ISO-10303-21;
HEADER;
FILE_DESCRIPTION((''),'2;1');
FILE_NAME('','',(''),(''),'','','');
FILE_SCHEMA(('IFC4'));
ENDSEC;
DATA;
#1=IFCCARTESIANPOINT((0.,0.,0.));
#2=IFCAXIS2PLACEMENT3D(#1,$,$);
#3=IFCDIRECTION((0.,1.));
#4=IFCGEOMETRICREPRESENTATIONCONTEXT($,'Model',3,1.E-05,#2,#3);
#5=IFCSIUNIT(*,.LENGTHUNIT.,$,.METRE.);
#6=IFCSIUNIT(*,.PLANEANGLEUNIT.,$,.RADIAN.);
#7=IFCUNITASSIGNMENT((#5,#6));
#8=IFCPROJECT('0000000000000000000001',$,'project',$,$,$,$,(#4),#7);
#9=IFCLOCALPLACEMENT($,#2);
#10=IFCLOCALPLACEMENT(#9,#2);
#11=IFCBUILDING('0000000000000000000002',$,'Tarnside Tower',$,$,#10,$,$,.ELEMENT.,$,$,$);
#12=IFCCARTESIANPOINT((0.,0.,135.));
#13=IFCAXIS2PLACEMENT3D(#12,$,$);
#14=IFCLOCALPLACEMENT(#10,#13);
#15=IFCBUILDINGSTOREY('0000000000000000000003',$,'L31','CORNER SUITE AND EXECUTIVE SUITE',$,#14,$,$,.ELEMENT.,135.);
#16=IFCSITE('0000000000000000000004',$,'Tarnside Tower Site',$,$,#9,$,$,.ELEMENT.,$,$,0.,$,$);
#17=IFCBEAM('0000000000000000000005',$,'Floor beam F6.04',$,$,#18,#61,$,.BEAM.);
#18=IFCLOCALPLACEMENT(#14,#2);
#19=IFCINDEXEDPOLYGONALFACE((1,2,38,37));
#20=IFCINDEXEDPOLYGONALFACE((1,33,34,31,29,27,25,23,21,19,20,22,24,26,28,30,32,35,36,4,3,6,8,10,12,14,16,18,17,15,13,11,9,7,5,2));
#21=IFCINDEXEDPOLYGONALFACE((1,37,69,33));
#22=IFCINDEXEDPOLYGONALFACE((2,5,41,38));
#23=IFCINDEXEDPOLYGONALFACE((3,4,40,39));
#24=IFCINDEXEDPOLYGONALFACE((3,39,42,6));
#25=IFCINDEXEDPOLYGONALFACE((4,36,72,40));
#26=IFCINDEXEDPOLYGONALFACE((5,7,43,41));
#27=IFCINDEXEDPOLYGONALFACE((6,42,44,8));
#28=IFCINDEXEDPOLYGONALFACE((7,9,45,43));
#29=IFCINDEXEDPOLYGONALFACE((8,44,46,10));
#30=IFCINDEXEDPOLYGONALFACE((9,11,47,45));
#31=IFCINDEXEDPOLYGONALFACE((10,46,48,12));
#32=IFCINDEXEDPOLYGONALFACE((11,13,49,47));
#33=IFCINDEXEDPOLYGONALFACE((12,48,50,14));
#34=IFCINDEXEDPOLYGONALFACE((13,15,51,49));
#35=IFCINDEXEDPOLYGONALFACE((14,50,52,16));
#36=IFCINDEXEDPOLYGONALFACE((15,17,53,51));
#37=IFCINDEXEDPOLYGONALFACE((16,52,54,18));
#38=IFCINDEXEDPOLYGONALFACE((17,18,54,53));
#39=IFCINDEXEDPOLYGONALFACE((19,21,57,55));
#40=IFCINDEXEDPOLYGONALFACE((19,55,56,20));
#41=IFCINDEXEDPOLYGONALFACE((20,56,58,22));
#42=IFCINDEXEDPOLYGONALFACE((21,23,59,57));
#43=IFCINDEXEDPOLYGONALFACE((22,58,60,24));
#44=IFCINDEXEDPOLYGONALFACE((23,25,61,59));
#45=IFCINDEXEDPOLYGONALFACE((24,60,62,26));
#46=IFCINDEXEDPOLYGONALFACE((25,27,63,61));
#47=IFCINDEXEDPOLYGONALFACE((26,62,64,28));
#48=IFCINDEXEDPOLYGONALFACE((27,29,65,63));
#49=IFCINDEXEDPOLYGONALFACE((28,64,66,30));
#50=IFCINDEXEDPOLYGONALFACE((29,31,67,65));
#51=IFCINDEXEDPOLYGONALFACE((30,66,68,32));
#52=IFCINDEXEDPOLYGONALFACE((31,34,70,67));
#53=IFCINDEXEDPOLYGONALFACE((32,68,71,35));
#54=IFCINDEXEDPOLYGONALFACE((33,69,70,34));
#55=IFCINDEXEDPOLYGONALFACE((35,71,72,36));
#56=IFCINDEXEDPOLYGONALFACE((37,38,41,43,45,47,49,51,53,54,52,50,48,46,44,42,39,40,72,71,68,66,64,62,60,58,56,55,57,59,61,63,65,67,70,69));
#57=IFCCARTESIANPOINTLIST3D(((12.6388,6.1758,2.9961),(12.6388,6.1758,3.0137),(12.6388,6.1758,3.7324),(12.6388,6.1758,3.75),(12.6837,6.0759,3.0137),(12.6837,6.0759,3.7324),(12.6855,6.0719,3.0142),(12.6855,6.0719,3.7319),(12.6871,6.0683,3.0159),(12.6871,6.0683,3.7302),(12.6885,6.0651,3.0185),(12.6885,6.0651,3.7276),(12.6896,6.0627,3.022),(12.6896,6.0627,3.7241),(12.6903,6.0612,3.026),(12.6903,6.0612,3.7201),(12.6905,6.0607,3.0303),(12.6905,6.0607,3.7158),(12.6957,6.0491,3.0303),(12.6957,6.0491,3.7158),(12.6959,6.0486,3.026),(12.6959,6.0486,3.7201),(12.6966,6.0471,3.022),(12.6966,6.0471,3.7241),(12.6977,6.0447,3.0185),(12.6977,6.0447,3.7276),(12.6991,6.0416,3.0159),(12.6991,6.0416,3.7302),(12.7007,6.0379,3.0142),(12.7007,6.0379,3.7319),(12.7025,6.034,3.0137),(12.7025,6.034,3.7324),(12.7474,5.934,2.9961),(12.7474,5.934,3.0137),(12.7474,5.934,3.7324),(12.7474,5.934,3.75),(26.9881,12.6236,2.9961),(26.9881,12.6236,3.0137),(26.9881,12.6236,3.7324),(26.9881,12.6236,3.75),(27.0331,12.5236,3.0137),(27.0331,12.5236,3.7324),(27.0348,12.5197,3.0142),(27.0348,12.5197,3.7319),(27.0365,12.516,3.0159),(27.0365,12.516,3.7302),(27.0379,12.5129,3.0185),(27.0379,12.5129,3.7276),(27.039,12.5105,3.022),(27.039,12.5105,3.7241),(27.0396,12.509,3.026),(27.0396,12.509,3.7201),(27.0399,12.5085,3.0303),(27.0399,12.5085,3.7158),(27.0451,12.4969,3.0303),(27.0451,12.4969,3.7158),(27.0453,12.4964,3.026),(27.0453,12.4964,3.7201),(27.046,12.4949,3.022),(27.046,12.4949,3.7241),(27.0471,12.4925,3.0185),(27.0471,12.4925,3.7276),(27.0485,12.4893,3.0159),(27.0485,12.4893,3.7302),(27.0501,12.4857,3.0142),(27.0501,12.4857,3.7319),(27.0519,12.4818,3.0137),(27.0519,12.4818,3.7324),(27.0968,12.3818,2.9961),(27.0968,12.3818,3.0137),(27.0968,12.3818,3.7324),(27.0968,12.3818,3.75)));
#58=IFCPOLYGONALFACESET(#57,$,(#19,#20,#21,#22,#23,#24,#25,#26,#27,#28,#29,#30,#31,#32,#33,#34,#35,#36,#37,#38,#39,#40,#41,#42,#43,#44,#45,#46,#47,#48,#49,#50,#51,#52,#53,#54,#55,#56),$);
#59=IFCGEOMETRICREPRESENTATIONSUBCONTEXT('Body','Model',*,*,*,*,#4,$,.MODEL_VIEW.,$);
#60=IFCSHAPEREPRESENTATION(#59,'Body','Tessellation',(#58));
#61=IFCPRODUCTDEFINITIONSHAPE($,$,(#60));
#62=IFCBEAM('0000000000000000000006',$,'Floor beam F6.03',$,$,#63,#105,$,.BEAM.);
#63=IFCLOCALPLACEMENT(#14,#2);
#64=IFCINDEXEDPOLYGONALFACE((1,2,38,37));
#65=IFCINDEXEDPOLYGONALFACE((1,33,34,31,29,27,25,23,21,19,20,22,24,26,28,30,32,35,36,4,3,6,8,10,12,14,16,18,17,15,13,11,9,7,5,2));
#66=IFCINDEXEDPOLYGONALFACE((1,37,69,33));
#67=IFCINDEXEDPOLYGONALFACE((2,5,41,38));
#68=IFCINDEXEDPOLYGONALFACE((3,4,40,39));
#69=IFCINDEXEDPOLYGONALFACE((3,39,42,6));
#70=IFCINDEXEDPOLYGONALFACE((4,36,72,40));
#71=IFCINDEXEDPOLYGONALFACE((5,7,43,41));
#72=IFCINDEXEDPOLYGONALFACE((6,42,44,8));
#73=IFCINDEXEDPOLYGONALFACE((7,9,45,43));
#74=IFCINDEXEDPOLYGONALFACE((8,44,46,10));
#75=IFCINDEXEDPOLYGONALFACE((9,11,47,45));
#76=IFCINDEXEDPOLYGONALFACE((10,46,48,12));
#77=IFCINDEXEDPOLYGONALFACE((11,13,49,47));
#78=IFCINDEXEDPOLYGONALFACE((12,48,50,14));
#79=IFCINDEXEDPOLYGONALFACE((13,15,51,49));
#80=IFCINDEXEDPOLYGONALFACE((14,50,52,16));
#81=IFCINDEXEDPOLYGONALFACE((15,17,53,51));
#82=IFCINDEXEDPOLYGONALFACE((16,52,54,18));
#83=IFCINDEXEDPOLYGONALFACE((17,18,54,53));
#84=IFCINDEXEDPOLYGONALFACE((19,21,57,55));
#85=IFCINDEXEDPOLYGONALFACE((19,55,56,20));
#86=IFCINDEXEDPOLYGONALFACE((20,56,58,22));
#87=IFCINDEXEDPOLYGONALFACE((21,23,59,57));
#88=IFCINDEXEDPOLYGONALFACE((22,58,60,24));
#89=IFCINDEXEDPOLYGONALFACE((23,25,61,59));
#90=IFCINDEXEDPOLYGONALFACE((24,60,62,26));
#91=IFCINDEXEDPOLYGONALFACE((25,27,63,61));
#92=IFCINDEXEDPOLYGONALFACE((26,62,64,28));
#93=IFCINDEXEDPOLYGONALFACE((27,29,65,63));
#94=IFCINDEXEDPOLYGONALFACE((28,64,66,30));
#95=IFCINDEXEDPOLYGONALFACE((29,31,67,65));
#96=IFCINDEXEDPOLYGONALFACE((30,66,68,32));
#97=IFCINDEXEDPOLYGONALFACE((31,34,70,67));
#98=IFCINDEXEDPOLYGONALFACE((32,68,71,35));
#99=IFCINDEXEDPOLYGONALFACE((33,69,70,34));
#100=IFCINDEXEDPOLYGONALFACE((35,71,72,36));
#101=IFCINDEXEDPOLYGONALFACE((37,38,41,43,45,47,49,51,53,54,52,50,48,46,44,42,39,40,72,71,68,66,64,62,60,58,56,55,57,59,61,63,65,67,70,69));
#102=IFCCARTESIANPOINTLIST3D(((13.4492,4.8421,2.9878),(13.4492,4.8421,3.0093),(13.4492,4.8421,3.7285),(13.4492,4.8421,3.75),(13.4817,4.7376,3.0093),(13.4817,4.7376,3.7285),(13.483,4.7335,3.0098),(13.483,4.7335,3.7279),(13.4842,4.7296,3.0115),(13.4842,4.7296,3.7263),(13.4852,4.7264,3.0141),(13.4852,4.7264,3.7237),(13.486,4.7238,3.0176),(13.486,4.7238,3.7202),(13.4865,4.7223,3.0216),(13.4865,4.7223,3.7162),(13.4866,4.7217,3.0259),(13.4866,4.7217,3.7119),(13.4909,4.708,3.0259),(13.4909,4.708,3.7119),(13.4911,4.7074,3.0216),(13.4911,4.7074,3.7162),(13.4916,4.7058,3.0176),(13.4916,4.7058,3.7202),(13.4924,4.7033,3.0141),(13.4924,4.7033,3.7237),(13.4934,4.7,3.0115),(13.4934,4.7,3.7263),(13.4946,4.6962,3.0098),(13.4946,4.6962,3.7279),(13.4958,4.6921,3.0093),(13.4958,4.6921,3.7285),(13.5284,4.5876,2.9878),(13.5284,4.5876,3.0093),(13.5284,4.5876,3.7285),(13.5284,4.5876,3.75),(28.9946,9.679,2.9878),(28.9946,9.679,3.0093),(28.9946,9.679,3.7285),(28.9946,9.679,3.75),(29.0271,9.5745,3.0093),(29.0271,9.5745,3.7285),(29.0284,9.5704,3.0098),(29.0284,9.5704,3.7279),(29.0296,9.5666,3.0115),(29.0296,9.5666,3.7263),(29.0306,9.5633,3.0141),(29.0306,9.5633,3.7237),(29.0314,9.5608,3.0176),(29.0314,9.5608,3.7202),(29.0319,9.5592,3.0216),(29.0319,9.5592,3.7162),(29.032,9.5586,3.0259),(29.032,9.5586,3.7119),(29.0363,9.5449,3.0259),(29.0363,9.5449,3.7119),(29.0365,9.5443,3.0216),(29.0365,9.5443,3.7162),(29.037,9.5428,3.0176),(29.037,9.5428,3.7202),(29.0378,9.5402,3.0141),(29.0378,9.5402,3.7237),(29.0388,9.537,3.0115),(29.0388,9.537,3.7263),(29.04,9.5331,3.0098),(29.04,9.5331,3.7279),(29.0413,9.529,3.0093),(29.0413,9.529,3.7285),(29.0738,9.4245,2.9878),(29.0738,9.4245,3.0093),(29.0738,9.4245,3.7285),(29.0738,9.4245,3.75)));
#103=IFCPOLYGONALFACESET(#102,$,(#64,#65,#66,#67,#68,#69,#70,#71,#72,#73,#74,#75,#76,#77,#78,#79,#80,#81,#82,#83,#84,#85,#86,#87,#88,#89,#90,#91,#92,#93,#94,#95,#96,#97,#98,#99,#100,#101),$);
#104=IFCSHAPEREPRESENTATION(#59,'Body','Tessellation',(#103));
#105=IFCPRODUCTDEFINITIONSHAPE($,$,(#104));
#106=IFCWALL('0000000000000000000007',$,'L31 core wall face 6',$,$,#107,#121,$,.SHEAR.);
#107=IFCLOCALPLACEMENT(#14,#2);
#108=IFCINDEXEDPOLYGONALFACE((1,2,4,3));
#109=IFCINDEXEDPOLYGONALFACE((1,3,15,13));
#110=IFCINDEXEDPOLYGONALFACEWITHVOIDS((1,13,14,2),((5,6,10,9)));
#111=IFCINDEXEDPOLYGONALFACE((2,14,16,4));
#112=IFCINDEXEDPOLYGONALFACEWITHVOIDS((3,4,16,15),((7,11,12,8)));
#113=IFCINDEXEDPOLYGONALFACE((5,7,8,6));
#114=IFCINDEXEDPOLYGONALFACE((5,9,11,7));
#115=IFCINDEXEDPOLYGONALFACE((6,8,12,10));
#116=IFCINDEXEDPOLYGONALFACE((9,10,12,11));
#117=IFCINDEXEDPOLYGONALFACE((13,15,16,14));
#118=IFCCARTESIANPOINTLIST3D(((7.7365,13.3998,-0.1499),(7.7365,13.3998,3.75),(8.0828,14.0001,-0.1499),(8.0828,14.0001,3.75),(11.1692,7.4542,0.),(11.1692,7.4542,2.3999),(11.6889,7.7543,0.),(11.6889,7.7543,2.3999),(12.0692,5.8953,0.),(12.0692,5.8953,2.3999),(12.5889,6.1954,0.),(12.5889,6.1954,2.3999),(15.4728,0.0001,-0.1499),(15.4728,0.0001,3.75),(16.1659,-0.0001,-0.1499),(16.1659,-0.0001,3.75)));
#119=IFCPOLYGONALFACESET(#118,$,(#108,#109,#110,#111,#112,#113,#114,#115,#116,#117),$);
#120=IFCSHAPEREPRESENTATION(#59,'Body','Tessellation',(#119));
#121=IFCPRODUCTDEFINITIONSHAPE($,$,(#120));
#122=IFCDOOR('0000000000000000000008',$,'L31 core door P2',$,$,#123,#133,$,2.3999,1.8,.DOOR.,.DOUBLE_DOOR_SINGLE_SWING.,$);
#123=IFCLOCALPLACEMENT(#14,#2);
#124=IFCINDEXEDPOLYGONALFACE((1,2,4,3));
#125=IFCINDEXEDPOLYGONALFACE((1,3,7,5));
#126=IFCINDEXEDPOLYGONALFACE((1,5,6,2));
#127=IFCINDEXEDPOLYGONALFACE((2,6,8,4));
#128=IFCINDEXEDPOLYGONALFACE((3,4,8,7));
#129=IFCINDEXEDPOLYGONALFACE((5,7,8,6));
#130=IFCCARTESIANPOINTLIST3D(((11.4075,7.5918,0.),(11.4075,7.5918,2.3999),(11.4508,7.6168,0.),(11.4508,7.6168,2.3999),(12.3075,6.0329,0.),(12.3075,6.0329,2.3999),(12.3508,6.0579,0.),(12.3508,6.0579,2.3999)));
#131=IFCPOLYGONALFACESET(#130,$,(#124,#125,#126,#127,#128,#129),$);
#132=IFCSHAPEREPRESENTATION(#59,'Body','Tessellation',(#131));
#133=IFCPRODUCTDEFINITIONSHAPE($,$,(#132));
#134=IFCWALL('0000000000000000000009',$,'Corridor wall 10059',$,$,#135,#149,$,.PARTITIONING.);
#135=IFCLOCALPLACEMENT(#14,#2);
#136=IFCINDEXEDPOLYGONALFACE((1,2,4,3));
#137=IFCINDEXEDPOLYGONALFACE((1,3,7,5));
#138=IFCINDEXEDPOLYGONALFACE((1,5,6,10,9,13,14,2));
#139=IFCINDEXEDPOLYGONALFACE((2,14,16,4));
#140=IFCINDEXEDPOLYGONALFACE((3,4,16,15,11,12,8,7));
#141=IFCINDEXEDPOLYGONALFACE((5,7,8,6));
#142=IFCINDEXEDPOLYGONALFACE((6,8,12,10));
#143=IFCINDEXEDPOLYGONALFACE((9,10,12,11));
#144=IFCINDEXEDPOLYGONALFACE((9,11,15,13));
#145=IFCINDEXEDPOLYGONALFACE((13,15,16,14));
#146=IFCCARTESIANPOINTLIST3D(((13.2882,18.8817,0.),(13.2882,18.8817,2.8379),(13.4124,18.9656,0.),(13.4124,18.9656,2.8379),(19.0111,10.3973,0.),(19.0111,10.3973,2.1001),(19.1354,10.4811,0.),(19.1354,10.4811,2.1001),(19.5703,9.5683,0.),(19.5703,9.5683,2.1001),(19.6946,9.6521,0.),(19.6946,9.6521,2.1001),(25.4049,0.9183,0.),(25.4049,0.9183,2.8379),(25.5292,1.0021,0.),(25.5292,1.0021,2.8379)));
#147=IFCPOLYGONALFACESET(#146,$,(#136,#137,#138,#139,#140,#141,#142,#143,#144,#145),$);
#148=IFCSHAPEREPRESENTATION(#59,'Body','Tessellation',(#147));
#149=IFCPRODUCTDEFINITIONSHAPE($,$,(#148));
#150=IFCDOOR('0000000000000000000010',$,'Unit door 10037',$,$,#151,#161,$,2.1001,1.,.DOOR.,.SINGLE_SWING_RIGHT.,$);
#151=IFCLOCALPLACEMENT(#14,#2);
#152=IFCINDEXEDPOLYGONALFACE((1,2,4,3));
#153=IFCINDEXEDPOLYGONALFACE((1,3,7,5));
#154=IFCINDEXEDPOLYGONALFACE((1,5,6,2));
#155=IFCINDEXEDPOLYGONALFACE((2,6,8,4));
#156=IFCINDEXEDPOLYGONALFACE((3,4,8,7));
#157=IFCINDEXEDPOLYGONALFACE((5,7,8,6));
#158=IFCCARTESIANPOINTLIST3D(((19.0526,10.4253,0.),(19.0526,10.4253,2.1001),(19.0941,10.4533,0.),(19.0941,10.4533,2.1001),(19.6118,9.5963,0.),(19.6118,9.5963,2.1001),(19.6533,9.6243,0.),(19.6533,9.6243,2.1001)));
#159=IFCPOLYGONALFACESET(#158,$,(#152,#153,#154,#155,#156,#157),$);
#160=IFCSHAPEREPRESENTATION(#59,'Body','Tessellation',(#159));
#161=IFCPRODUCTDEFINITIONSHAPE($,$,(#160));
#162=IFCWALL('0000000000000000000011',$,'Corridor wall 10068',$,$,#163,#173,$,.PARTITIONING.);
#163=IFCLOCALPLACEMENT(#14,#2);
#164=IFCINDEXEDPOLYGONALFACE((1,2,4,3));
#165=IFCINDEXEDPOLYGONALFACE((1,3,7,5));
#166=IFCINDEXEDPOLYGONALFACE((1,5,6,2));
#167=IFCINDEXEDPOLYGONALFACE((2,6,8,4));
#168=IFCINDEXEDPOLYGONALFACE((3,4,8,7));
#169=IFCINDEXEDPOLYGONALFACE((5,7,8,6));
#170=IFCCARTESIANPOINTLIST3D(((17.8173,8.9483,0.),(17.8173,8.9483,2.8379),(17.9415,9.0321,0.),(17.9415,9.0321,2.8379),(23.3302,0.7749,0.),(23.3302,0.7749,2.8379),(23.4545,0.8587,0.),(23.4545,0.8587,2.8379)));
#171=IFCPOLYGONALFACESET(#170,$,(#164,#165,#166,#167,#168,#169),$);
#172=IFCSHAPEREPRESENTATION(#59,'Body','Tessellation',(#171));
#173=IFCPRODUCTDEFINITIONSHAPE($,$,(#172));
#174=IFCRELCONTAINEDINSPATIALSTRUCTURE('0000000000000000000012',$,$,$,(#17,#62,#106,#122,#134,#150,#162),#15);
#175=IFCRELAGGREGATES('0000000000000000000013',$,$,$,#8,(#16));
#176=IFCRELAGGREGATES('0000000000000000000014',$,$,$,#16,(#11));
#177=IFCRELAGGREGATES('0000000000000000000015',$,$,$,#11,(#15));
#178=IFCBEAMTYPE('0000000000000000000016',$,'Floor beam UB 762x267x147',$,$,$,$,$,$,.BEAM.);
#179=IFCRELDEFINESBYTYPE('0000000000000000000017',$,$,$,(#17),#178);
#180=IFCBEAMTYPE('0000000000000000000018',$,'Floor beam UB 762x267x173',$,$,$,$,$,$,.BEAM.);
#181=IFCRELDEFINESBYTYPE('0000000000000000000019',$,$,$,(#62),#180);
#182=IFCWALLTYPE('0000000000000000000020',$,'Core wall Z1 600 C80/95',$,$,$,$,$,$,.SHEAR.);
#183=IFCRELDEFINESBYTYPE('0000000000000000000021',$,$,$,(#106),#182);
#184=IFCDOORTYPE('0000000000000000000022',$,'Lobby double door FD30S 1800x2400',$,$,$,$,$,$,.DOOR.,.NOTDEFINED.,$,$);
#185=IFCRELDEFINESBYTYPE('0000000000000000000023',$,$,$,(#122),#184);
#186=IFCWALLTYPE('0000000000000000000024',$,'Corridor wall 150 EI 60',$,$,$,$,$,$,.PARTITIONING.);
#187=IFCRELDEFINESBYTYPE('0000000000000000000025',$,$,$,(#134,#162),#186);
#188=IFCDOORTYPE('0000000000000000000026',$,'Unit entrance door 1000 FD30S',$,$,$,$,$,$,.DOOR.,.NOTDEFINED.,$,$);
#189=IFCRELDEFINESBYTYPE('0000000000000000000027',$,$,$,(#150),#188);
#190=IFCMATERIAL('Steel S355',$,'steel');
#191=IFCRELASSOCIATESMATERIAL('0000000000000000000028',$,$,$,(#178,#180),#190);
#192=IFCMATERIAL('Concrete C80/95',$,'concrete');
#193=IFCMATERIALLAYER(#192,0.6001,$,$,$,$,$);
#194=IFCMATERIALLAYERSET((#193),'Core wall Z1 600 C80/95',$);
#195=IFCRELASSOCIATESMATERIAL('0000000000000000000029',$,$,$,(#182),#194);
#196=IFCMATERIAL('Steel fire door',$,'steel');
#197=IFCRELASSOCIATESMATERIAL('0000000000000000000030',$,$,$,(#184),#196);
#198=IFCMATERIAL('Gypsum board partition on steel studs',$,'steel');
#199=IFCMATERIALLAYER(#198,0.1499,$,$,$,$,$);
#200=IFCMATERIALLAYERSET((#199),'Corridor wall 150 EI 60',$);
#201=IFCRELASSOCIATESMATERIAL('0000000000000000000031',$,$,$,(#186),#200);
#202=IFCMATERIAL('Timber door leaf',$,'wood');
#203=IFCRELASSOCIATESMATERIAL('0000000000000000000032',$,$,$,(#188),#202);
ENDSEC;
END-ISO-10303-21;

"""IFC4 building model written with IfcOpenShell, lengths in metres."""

from ifc_helpers import new_model, si_unit, direction, frame, frame_2d, origin, origin_2d, place, context, subcontext, project, spatial, polyline, rectangle, i_section, outline, extrude, material, layer, layer_set, material_profile, profile_set, type_object, element, fill, save


model = new_model("IFC4")

# Units and contexts
model_context = context("Model", 3, precision=1e-05, world=origin(), true_north=direction((0.0, 1.0)))
body_context = subcontext(model_context, "Body", "Model", "MODEL_VIEW")
ifc_project = project(units=[si_unit("LENGTHUNIT", "METRE"), si_unit("PLANEANGLEUNIT", "RADIAN")], contexts=[model_context])

# Site, building, storey
site_placement = place(None, origin())
site = spatial("IfcSite", under=ifc_project, at=site_placement, Name="Tarnside Tower Site", CompositionType="ELEMENT", RefElevation=0.0)
building_placement = place(site_placement, origin())
building = spatial("IfcBuilding", under=site, at=building_placement, Name="Tarnside Tower", CompositionType="ELEMENT")
storey_placement = place(building_placement, frame((0.0, 0.0, 135.0)))
storey = spatial("IfcBuildingStorey", under=building, at=storey_placement, Name="L31", Description="CORNER SUITE AND EXECUTIVE SUITE", CompositionType="ELEMENT", Elevation=135.0)

# Beams
ifc_material_1 = material(Name="Steel S355", Category="steel")
ifc_material_profile_1 = material_profile(ifc_material_1, i_section(OverallWidth=0.2651, OverallDepth=0.7539, WebThickness=0.0127, FlangeThickness=0.0176, FilletRadius=0.0166, at=origin_2d()), Name="UB 762x267x147")
ifc_profile_set_1 = profile_set([ifc_material_profile_1], Name="Steel S355")
beam_type_1 = type_object("IfcBeamType", Name="Floor beam UB 762x267x147", PredefinedType="BEAM", material=ifc_profile_set_1)
beam_1_placement = place(storey_placement, frame((27.0425, 12.5027, 3.373), z_axis=(-0.912146, -0.409865, 0.0), x_axis=(0.409865, -0.912146, 0.0)))
element("IfcBeam", 1, at=beam_1_placement, inside=storey, type_object=beam_type_1, Name="Floor beam F6.04", PredefinedType="BEAM", context=body_context, shape_type="SweptSolid", body=[
    extrude(i_section(OverallWidth=0.2651, OverallDepth=0.7539, WebThickness=0.0127, FlangeThickness=0.0176, FilletRadius=0.0166, at=origin_2d()), origin(), (0.0, 0.0, 1.0), 15.7314),
])
ifc_material_profile_2 = material_profile(ifc_material_1, i_section(OverallWidth=0.2666, OverallDepth=0.7622, WebThickness=0.0144, FlangeThickness=0.0215, FilletRadius=0.0166, at=origin_2d()), Name="UB 762x267x173")
ifc_profile_set_2 = profile_set([ifc_material_profile_2], Name="Steel S355")
beam_type_2 = type_object("IfcBeamType", Name="Floor beam UB 762x267x173", PredefinedType="BEAM", material=ifc_profile_set_2)
beam_2_placement = place(storey_placement, frame((29.0342, 9.5518, 3.3689), z_axis=(-0.954847, -0.297098, 0.0), x_axis=(0.297098, -0.954847, 0.0)))
element("IfcBeam", 2, at=beam_2_placement, inside=storey, type_object=beam_type_2, Name="Floor beam F6.03", PredefinedType="BEAM", context=body_context, shape_type="SweptSolid", body=[
    extrude(i_section(OverallWidth=0.2666, OverallDepth=0.7622, WebThickness=0.0144, FlangeThickness=0.0215, FilletRadius=0.0166, at=origin_2d()), origin(), (0.0, 0.0, 1.0), 16.2805),
])

# Walls, openings, doors
ifc_material_2 = material(Name="Concrete C80/95", Category="concrete")
ifc_layer_1 = layer(ifc_material_2, 0.6001)
ifc_layer_set_1 = layer_set([ifc_layer_1], Name="Core wall Z1 600 C80/95")
wall_type_1 = type_object("IfcWallType", Name="Core wall Z1 600 C80/95", PredefinedType="SHEAR", material=ifc_layer_set_1)
wall_1_placement = place(storey_placement, frame((15.8193, 0.0, -0.1499), z_axis=(0.0, 0.0, 1.0), x_axis=(-0.5, 0.866025, 0.0)))
wall_1 = element("IfcWall", 3, at=wall_1_placement, inside=storey, type_object=wall_type_1, Name="L31 core wall face 6", PredefinedType="SHEAR", context=body_context, shape_type="SweptSolid", body=[
    extrude(outline(polyline([(-0.1733, -0.3), (15.9927, -0.3), (15.646, 0.3), (0.1733, 0.3), (-0.1733, -0.3)])), origin(), (0.0, 0.0, 1.0), 3.8999),
])
opening_1_placement = place(wall_1_placement, frame((6.9807, 0.0, 0.1499)))
opening_1 = element("IfcOpeningElement", 4, at=opening_1_placement, cuts=wall_1, PredefinedType="OPENING", context=body_context, shape_type="SweptSolid", body=[
    extrude(rectangle(XDim=1.8, YDim=2.3999, at=frame_2d((0.8999, 1.2))), frame((0.0, 0.3101, 0.0), z_axis=(0.0, -1.0, 0.0), x_axis=(1.0, 0.0, 0.0)), (0.0, 0.0, 1.0), 0.6201),
])
ifc_material_3 = material(Name="Steel fire door", Category="steel")
door_type_1 = type_object("IfcDoorType", Name="Lobby double door FD30S 1800x2400", OperationType="NOTDEFINED", PredefinedType="DOOR", material=ifc_material_3)
door_1_placement = place(opening_1_placement, origin())
door_1 = element("IfcDoor", 5, at=door_1_placement, inside=storey, type_object=door_type_1, Name="L31 core door P2", OperationType="DOUBLE_DOOR_SINGLE_SWING", OverallHeight=2.3999, OverallWidth=1.8, PredefinedType="DOOR", context=body_context, shape_type="SweptSolid", body=[
    extrude(rectangle(XDim=1.8, YDim=2.3999, at=frame_2d((0.8999, 1.2))), frame((0.0, 0.0249, 0.0), z_axis=(0.0, -1.0, 0.0), x_axis=(1.0, 0.0, 0.0)), (0.0, 0.0, 1.0), 0.05),
])
fill(opening_1, door_1)
ifc_material_4 = material(Name="Gypsum board partition on steel studs", Category="steel")
ifc_layer_2 = layer(ifc_material_4, 0.1499)
ifc_layer_set_2 = layer_set([ifc_layer_2], Name="Corridor wall 150 EI 60")
wall_type_2 = type_object("IfcWallType", Name="Corridor wall 150 EI 60", PredefinedType="PARTITIONING", material=ifc_layer_set_2)
wall_2_placement = place(storey_placement, frame((25.467, 0.9602, 0.0), z_axis=(0.0, 0.0, 1.0), x_axis=(-0.559201, 0.829032, 0.0)))
wall_2 = element("IfcWall", 6, at=wall_2_placement, inside=storey, type_object=wall_type_2, Name="Corridor wall 10059", PredefinedType="PARTITIONING", context=body_context, shape_type="SweptSolid", body=[
    extrude(rectangle(XDim=21.668, YDim=0.1499, at=frame_2d((10.834, 0.0))), origin(), (0.0, 0.0, 1.0), 2.8379),
])
opening_2_placement = place(wall_2_placement, frame((10.4338, 0.0, 0.0)))
opening_2 = element("IfcOpeningElement", 7, at=opening_2_placement, cuts=wall_2, PredefinedType="OPENING", context=body_context, shape_type="SweptSolid", body=[
    extrude(rectangle(XDim=1.0, YDim=2.1001, at=frame_2d((0.5, 1.05))), frame((0.0, 0.085, 0.0), z_axis=(0.0, -1.0, 0.0), x_axis=(1.0, 0.0, 0.0)), (0.0, 0.0, 1.0), 0.1699),
])
ifc_material_5 = material(Name="Timber door leaf", Category="wood")
door_type_2 = type_object("IfcDoorType", Name="Unit entrance door 1000 FD30S", OperationType="NOTDEFINED", PredefinedType="DOOR", material=ifc_material_5)
door_2_placement = place(opening_2_placement, origin())
door_2 = element("IfcDoor", 8, at=door_2_placement, inside=storey, type_object=door_type_2, Name="Unit door 10037", OperationType="SINGLE_SWING_RIGHT", OverallHeight=2.1001, OverallWidth=1.0, PredefinedType="DOOR", context=body_context, shape_type="SweptSolid", body=[
    extrude(rectangle(XDim=1.0, YDim=2.1001, at=frame_2d((0.5, 1.05))), frame((0.0, 0.0249, 0.0), z_axis=(0.0, -1.0, 0.0), x_axis=(1.0, 0.0, 0.0)), (0.0, 0.0, 1.0), 0.05),
])
fill(opening_2, door_2)

# Wall
wall_3_placement = place(storey_placement, frame((17.8794, 8.9902, 0.0), z_axis=(0.0, 0.0, 1.0), x_axis=(0.55919, -0.82904, 0.0)))
element("IfcWall", 9, at=wall_3_placement, inside=storey, type_object=wall_type_2, Name="Corridor wall 10068", PredefinedType="PARTITIONING", context=body_context, shape_type="SweptSolid", body=[
    extrude(rectangle(XDim=9.8589, YDim=0.1499, at=frame_2d((4.9294, 0.0))), origin(), (0.0, 0.0, 1.0), 2.8379),
])

save(model, "model.ifc")
